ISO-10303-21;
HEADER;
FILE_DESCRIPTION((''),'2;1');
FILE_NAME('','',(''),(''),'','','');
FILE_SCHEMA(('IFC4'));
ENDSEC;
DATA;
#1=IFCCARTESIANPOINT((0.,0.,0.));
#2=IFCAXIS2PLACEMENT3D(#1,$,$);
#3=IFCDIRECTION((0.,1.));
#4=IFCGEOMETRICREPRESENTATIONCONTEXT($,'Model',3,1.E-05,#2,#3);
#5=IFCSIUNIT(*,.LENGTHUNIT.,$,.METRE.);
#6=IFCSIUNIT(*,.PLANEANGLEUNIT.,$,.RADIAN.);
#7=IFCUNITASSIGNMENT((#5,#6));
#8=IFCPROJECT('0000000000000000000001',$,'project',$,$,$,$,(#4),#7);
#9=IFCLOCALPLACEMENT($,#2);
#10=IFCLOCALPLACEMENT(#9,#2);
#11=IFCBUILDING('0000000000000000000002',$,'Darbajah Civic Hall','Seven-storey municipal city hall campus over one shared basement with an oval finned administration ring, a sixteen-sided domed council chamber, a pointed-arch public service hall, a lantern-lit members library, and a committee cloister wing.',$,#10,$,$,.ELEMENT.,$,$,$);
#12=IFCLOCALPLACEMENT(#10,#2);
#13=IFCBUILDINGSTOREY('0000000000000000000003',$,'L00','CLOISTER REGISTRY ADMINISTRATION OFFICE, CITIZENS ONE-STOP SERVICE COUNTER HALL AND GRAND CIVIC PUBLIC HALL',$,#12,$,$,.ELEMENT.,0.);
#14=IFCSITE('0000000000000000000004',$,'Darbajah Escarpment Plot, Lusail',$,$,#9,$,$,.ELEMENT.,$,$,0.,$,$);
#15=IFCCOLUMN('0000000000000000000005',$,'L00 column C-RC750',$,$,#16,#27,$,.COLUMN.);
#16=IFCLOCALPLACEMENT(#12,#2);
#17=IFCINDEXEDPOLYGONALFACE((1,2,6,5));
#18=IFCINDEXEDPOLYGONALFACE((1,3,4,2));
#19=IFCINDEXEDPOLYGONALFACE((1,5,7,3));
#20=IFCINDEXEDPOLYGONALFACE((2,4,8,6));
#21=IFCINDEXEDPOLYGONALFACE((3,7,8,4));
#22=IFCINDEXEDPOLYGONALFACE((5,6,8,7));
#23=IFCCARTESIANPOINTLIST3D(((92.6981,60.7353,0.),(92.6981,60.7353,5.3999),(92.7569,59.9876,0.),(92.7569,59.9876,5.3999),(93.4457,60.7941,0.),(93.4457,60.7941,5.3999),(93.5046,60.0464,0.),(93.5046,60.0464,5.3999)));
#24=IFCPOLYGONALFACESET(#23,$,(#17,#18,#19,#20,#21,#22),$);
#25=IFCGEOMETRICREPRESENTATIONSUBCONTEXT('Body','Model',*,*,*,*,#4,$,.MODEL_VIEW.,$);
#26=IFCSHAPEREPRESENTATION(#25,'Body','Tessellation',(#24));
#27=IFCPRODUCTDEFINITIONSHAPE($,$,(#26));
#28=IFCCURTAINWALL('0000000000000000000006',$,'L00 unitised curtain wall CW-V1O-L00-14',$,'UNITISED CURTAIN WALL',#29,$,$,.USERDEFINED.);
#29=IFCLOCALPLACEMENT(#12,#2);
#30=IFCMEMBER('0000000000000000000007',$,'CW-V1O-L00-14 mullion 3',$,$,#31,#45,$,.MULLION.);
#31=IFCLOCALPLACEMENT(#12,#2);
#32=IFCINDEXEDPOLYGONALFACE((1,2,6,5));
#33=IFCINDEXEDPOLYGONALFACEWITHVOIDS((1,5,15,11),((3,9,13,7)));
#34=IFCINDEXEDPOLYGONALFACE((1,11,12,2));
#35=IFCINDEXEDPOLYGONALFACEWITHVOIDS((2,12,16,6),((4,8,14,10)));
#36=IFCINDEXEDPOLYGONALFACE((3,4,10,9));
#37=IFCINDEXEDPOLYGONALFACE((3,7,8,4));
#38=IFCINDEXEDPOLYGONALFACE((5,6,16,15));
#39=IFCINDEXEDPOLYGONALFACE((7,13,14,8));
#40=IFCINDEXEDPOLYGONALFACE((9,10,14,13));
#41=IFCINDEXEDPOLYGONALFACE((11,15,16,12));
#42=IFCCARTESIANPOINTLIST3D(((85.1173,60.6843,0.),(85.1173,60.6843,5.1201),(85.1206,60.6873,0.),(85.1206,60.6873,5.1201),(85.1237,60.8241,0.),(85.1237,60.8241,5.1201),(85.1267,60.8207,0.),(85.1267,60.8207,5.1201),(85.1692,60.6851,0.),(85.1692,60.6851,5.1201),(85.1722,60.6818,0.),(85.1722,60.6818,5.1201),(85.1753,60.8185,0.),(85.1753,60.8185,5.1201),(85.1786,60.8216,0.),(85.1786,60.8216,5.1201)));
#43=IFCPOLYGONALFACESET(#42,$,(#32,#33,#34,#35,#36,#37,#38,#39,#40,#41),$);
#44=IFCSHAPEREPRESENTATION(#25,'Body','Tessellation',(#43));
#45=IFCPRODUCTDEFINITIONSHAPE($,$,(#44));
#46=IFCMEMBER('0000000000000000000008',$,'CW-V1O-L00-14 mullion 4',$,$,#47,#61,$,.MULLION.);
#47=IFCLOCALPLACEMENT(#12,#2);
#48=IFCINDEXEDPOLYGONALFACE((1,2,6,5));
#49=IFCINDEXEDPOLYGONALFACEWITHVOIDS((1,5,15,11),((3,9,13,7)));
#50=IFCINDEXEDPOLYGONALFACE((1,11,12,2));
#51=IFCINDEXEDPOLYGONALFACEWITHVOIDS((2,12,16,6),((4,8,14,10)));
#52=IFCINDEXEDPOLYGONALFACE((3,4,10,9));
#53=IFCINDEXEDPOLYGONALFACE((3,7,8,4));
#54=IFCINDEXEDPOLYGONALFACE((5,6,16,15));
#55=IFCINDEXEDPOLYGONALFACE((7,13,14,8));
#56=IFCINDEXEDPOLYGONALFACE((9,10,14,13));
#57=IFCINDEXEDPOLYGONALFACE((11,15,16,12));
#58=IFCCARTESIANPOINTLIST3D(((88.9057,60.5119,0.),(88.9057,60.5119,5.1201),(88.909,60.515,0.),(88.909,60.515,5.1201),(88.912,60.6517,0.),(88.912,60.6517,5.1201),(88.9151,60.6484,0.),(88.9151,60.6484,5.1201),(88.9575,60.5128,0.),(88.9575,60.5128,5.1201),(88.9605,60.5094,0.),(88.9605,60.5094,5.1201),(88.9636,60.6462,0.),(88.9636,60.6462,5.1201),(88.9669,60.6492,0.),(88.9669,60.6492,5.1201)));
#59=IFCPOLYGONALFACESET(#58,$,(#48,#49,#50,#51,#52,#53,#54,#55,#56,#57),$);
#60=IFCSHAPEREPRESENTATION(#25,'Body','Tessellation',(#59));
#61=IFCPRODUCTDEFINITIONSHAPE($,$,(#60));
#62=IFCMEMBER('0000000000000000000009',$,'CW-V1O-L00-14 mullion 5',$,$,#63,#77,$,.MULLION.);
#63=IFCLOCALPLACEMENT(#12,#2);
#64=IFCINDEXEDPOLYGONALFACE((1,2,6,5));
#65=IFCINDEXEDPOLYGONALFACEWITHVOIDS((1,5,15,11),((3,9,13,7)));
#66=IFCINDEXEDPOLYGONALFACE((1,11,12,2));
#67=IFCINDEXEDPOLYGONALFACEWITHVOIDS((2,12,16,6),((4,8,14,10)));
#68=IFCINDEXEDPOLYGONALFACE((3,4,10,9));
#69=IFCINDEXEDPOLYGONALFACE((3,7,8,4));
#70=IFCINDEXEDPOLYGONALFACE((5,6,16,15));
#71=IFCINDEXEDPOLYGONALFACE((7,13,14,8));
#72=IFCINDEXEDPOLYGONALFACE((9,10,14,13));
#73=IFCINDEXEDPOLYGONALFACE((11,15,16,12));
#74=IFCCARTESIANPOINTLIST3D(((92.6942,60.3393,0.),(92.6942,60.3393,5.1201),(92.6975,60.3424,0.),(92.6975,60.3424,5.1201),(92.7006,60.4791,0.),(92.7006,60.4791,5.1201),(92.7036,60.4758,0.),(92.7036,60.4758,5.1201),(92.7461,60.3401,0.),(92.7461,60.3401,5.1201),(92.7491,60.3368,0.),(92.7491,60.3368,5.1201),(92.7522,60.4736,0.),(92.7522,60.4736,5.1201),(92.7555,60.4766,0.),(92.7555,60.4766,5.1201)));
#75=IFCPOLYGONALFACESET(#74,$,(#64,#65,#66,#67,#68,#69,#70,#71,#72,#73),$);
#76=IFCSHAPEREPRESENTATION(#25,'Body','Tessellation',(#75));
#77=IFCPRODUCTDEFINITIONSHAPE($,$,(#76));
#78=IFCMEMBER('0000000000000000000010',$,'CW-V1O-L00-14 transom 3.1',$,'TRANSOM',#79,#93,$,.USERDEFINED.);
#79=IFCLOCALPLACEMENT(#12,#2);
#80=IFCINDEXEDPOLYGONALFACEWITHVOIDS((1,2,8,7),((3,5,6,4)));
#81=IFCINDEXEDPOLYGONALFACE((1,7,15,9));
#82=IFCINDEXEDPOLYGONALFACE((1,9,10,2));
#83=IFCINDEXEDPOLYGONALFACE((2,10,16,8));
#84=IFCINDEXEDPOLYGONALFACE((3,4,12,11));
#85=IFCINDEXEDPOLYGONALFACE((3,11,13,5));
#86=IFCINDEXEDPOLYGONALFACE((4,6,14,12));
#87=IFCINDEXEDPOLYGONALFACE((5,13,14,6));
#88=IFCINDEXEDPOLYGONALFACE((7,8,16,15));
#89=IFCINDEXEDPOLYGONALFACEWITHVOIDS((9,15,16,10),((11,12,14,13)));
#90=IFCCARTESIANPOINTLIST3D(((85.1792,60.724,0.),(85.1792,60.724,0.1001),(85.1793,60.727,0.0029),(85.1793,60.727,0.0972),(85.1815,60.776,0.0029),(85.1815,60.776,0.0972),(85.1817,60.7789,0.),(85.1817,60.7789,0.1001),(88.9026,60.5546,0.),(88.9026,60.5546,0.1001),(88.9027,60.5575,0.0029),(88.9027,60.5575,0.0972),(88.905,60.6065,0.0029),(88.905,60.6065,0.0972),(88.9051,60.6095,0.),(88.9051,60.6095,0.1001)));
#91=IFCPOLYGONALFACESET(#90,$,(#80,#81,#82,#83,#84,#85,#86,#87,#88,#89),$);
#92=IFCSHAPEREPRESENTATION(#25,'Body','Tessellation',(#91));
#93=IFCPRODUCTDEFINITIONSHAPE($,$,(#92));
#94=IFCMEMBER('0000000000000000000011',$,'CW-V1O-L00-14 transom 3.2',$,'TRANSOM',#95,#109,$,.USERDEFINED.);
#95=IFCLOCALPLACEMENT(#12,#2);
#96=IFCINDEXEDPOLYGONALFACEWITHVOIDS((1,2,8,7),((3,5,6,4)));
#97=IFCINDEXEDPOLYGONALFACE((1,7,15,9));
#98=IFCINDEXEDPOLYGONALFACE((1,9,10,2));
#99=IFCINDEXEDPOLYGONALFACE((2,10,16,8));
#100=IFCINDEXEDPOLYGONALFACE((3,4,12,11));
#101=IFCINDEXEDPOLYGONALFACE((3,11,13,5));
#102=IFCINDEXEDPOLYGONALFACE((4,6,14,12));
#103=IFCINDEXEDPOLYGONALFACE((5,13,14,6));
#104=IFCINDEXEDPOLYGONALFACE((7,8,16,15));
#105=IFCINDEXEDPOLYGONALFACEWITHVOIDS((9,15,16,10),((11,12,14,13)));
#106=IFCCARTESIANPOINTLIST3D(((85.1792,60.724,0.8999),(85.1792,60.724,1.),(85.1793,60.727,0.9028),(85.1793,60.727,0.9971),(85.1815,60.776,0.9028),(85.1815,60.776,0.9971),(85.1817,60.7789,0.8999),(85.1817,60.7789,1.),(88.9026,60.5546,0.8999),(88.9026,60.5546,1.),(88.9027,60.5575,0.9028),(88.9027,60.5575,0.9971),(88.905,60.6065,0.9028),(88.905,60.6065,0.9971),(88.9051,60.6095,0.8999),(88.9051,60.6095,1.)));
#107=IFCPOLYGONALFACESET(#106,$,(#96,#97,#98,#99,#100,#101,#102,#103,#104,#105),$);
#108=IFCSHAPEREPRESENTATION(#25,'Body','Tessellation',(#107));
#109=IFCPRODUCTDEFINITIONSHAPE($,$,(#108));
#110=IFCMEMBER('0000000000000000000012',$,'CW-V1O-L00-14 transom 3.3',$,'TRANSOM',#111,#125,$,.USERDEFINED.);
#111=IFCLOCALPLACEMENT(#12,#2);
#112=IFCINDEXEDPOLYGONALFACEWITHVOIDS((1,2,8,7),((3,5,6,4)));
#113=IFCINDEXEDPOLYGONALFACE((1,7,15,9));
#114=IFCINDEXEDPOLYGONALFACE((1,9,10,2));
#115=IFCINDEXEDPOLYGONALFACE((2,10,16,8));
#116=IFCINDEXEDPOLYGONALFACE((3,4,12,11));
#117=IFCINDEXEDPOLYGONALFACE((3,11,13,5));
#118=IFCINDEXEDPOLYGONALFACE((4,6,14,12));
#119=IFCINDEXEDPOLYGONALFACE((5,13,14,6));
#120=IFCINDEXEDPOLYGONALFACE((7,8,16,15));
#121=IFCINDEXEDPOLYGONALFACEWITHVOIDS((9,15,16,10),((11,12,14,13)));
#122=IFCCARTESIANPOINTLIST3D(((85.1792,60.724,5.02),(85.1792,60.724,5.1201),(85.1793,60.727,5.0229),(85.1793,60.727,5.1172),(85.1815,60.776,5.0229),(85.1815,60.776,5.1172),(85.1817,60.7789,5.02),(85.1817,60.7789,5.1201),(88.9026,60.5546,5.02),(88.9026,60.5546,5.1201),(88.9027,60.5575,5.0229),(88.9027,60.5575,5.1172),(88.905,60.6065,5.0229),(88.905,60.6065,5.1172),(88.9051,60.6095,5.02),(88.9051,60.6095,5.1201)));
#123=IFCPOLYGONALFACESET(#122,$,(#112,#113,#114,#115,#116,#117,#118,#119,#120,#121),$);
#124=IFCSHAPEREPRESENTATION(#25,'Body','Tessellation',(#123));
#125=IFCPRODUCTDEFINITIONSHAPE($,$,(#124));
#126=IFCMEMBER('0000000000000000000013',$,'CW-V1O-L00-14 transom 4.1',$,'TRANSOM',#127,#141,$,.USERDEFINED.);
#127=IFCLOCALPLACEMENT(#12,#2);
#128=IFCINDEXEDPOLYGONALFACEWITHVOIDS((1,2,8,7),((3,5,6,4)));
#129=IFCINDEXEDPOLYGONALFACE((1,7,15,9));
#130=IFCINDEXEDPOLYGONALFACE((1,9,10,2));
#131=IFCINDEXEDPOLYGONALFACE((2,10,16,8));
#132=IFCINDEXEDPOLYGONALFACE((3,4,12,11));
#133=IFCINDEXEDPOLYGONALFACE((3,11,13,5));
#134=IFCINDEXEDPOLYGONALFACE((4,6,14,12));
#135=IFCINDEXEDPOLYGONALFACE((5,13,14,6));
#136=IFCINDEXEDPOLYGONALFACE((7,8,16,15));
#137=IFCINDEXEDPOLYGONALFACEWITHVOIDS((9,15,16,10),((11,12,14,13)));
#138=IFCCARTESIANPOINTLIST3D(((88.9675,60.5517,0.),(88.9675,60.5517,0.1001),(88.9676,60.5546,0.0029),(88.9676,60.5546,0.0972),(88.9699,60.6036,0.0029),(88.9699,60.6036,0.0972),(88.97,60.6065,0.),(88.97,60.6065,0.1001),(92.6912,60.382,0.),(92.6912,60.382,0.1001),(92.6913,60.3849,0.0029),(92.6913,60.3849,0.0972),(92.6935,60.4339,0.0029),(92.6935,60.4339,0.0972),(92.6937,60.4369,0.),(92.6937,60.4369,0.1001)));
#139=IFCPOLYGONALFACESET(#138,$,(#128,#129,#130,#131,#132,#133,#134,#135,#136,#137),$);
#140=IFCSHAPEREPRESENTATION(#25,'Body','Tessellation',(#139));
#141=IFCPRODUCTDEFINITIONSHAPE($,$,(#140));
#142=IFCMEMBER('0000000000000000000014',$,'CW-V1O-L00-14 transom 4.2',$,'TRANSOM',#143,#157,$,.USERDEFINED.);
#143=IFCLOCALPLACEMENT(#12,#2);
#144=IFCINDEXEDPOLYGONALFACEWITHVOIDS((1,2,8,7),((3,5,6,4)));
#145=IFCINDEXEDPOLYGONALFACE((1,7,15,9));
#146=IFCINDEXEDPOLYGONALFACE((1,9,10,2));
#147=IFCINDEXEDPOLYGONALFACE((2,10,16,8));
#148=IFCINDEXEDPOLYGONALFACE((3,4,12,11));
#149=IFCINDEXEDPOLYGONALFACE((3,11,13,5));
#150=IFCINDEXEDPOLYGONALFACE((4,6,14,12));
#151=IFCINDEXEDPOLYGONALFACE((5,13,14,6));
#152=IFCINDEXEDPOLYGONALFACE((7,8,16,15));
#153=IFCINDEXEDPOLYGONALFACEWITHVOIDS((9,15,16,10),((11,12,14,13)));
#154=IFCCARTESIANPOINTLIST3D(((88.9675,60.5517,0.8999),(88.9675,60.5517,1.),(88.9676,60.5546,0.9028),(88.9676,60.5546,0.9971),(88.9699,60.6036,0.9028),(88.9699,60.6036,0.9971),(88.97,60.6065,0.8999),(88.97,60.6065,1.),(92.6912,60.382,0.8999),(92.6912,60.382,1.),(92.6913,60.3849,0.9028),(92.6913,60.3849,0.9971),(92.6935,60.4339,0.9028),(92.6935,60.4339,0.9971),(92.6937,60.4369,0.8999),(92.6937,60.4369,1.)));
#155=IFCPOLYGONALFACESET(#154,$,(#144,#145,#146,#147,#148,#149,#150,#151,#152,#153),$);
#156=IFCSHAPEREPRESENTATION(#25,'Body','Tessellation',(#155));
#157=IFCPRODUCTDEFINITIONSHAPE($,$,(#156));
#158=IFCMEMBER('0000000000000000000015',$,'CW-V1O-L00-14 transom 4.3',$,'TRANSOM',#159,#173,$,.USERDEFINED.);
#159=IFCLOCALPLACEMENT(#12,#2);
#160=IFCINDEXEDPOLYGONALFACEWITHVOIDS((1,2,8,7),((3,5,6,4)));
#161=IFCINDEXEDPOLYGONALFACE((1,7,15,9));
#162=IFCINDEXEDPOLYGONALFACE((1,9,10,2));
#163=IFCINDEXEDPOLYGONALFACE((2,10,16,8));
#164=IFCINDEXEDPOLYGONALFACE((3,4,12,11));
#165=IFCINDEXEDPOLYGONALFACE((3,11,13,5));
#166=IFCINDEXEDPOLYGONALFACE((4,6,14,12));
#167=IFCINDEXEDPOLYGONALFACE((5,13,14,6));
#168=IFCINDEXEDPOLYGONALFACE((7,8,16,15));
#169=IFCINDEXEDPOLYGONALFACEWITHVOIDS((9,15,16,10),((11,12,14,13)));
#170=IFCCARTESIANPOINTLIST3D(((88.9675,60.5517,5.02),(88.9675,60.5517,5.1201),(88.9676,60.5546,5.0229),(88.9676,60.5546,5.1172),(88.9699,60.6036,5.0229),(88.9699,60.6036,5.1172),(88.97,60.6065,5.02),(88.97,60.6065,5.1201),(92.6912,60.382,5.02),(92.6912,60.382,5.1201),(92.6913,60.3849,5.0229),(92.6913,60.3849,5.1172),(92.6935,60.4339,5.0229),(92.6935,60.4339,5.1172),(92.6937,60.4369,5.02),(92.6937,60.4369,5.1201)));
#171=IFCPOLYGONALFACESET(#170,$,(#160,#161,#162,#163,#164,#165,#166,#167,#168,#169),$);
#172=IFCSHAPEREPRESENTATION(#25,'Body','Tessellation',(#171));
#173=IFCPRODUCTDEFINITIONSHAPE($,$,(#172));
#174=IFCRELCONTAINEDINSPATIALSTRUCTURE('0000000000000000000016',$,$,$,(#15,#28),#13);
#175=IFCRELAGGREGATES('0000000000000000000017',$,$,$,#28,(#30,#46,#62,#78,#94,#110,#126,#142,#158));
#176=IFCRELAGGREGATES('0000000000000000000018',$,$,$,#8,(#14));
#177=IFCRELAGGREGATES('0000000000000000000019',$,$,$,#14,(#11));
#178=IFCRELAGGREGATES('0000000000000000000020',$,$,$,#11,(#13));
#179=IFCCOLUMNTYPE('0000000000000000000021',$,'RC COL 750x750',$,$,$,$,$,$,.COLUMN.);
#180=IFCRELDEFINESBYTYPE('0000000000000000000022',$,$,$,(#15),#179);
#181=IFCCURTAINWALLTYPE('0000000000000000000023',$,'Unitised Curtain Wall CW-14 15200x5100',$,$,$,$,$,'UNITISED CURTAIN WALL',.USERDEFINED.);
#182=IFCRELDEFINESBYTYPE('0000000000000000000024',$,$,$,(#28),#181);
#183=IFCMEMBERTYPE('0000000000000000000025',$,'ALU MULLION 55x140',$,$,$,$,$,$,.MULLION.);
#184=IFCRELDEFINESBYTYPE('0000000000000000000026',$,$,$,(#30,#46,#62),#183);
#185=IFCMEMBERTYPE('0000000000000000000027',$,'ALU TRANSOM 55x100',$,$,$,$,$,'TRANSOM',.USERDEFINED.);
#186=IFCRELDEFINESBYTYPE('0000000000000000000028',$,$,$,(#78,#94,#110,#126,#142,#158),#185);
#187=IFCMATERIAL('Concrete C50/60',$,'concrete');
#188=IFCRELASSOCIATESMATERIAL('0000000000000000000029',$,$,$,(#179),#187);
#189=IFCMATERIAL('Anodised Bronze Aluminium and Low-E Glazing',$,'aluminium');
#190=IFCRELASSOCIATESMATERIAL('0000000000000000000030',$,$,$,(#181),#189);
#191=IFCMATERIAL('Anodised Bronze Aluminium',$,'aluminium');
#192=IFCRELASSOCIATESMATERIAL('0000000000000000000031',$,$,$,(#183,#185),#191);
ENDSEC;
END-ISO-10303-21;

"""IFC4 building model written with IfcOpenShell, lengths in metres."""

from ifc_helpers import new_model, si_unit, direction, frame, origin, origin_2d, place, context, subcontext, project, spatial, rectangle, hollow_rectangle, extrude, material, material_profile, profile_set, type_object, element, aggregate, save


model = new_model("IFC4")

# Units and contexts
model_context = context("Model", 3, precision=1e-05, world=origin(), true_north=direction((0.0, 1.0)))
body_context = subcontext(model_context, "Body", "Model", "MODEL_VIEW")
ifc_project = project(units=[si_unit("LENGTHUNIT", "METRE"), si_unit("PLANEANGLEUNIT", "RADIAN")], contexts=[model_context])

# Site, building, storey
site_placement = place(None, origin())
site = spatial("IfcSite", under=ifc_project, at=site_placement, Name="Darbajah Escarpment Plot, Lusail", CompositionType="ELEMENT", RefElevation=0.0)
building_placement = place(site_placement, origin())
building = spatial("IfcBuilding", under=site, at=building_placement, Name="Darbajah Civic Hall", Description="Seven-storey municipal city hall campus over one shared basement with an oval finned administration ring, a sixteen-sided domed council chamber, a pointed-arch public service hall, a lantern-lit members library, and a committee cloister wing.", CompositionType="ELEMENT")
storey_placement = place(building_placement, origin())
storey = spatial("IfcBuildingStorey", under=building, at=storey_placement, Name="L00", Description="CLOISTER REGISTRY ADMINISTRATION OFFICE, CITIZENS ONE-STOP SERVICE COUNTER HALL AND GRAND CIVIC PUBLIC HALL", CompositionType="ELEMENT", Elevation=0.0)

# Column
ifc_material_1 = material(Name="Concrete C50/60", Category="concrete")
ifc_material_profile_1 = material_profile(ifc_material_1, rectangle(XDim=0.75, YDim=0.75, at=origin_2d()), Name="RC COL 750x750")
ifc_profile_set_1 = profile_set([ifc_material_profile_1], Name="Concrete C50/60")
column_type = type_object("IfcColumnType", Name="RC COL 750x750", PredefinedType="COLUMN", material=ifc_profile_set_1)
column_placement = place(storey_placement, frame((93.1013, 60.3909, 0.0), z_axis=(0.0, 0.0, 1.0), x_axis=(0.078459, -0.996917, 0.0)))
element("IfcColumn", 1, at=column_placement, inside=storey, type_object=column_type, Name="L00 column C-RC750", PredefinedType="COLUMN", context=body_context, shape_type="SweptSolid", body=[
    extrude(rectangle(XDim=0.75, YDim=0.75, at=origin_2d()), origin(), (0.0, 0.0, 1.0), 5.3999),
])

# Curtain wall, members
ifc_material_2 = material(Name="Anodised Bronze Aluminium and Low-E Glazing", Category="aluminium")
curtain_wall_type = type_object("IfcCurtainWallType", Name="Unitised Curtain Wall CW-14 15200x5100", ElementType="UNITISED CURTAIN WALL", PredefinedType="USERDEFINED", material=ifc_material_2)
curtain_wall_placement = place(storey_placement, origin())
curtain_wall = element("IfcCurtainWall", 2, at=curtain_wall_placement, inside=storey, type_object=curtain_wall_type, Name="L00 unitised curtain wall CW-V1O-L00-14", ObjectType="UNITISED CURTAIN WALL", PredefinedType="USERDEFINED")
ifc_material_3 = material(Name="Anodised Bronze Aluminium", Category="aluminium")
ifc_material_profile_2 = material_profile(ifc_material_3, hollow_rectangle(XDim=0.0549, YDim=0.1399, WallThickness=0.0032, at=origin_2d()), Name="ALU MULLION 55x140")
ifc_profile_set_2 = profile_set([ifc_material_profile_2], Name="Anodised Bronze Aluminium")
member_type_1 = type_object("IfcMemberType", Name="ALU MULLION 55x140", PredefinedType="MULLION", material=ifc_profile_set_2)
member_1_placement = place(storey_placement, frame((85.1479, 60.7529, 0.0), z_axis=(0.0, 0.0, 1.0), x_axis=(0.998963, -0.045537, 0.0)))
member_1 = element("IfcMember", 3, at=member_1_placement, type_object=member_type_1, Name="CW-V1O-L00-14 mullion 3", PredefinedType="MULLION", context=body_context, shape_type="SweptSolid", body=[
    extrude(hollow_rectangle(XDim=0.0549, YDim=0.1399, WallThickness=0.0032, at=origin_2d()), origin(), (0.0, 0.0, 1.0), 5.1201),
])
member_2_placement = place(storey_placement, frame((88.9363, 60.5806, 0.0), z_axis=(0.0, 0.0, 1.0), x_axis=(0.998963, -0.045537, 0.0)))
member_2 = element("IfcMember", 4, at=member_2_placement, type_object=member_type_1, Name="CW-V1O-L00-14 mullion 4", PredefinedType="MULLION", context=body_context, shape_type="SweptSolid", body=[
    extrude(hollow_rectangle(XDim=0.0549, YDim=0.1399, WallThickness=0.0032, at=origin_2d()), origin(), (0.0, 0.0, 1.0), 5.1201),
])
member_3_placement = place(storey_placement, frame((92.7249, 60.408, 0.0), z_axis=(0.0, 0.0, 1.0), x_axis=(0.998963, -0.045537, 0.0)))
member_3 = element("IfcMember", 5, at=member_3_placement, type_object=member_type_1, Name="CW-V1O-L00-14 mullion 5", PredefinedType="MULLION", context=body_context, shape_type="SweptSolid", body=[
    extrude(hollow_rectangle(XDim=0.0549, YDim=0.1399, WallThickness=0.0032, at=origin_2d()), origin(), (0.0, 0.0, 1.0), 5.1201),
])
ifc_material_profile_3 = material_profile(ifc_material_3, hollow_rectangle(XDim=0.0549, YDim=0.1001, WallThickness=0.0029, at=origin_2d()), Name="ALU TRANSOM 55x100")
ifc_profile_set_3 = profile_set([ifc_material_profile_3], Name="Anodised Bronze Aluminium")
member_type_2 = type_object("IfcMemberType", Name="ALU TRANSOM 55x100", ElementType="TRANSOM", PredefinedType="USERDEFINED", material=ifc_profile_set_3)
member_4_placement = place(storey_placement, frame((85.1804, 60.7515, 0.05), z_axis=(0.998966, -0.045458, 0.0), x_axis=(0.045458, 0.998966, 0.0)))
member_4 = element("IfcMember", 6, at=member_4_placement, type_object=member_type_2, Name="CW-V1O-L00-14 transom 3.1", ObjectType="TRANSOM", PredefinedType="USERDEFINED", context=body_context, shape_type="SweptSolid", body=[
    extrude(hollow_rectangle(XDim=0.0549, YDim=0.1001, WallThickness=0.0029, at=origin_2d()), origin(), (0.0, 0.0, 1.0), 3.7273),
])
member_5_placement = place(storey_placement, frame((85.1804, 60.7515, 0.95), z_axis=(0.998966, -0.045458, 0.0), x_axis=(0.045458, 0.998966, 0.0)))
member_5 = element("IfcMember", 7, at=member_5_placement, type_object=member_type_2, Name="CW-V1O-L00-14 transom 3.2", ObjectType="TRANSOM", PredefinedType="USERDEFINED", context=body_context, shape_type="SweptSolid", body=[
    extrude(hollow_rectangle(XDim=0.0549, YDim=0.1001, WallThickness=0.0029, at=origin_2d()), origin(), (0.0, 0.0, 1.0), 3.7273),
])
member_6_placement = place(storey_placement, frame((85.1804, 60.7515, 5.0701), z_axis=(0.998966, -0.045458, 0.0), x_axis=(0.045458, 0.998966, 0.0)))
member_6 = element("IfcMember", 8, at=member_6_placement, type_object=member_type_2, Name="CW-V1O-L00-14 transom 3.3", ObjectType="TRANSOM", PredefinedType="USERDEFINED", context=body_context, shape_type="SweptSolid", body=[
    extrude(hollow_rectangle(XDim=0.0549, YDim=0.1001, WallThickness=0.0029, at=origin_2d()), origin(), (0.0, 0.0, 1.0), 3.7273),
])
member_7_placement = place(storey_placement, frame((88.9688, 60.5791, 0.05), z_axis=(0.998963, -0.045521, 0.0), x_axis=(0.045521, 0.998963, 0.0)))
member_7 = element("IfcMember", 9, at=member_7_placement, type_object=member_type_2, Name="CW-V1O-L00-14 transom 4.1", ObjectType="TRANSOM", PredefinedType="USERDEFINED", context=body_context, shape_type="SweptSolid", body=[
    extrude(hollow_rectangle(XDim=0.0549, YDim=0.1001, WallThickness=0.0029, at=origin_2d()), origin(), (0.0, 0.0, 1.0), 3.7275),
])
member_8_placement = place(storey_placement, frame((88.9688, 60.5791, 0.95), z_axis=(0.998963, -0.045521, 0.0), x_axis=(0.045521, 0.998963, 0.0)))
member_8 = element("IfcMember", 10, at=member_8_placement, type_object=member_type_2, Name="CW-V1O-L00-14 transom 4.2", ObjectType="TRANSOM", PredefinedType="USERDEFINED", context=body_context, shape_type="SweptSolid", body=[
    extrude(hollow_rectangle(XDim=0.0549, YDim=0.1001, WallThickness=0.0029, at=origin_2d()), origin(), (0.0, 0.0, 1.0), 3.7275),
])
member_9_placement = place(storey_placement, frame((88.9688, 60.5791, 5.0701), z_axis=(0.998963, -0.045521, 0.0), x_axis=(0.045521, 0.998963, 0.0)))
member_9 = element("IfcMember", 11, at=member_9_placement, type_object=member_type_2, Name="CW-V1O-L00-14 transom 4.3", ObjectType="TRANSOM", PredefinedType="USERDEFINED", context=body_context, shape_type="SweptSolid", body=[
    extrude(hollow_rectangle(XDim=0.0549, YDim=0.1001, WallThickness=0.0029, at=origin_2d()), origin(), (0.0, 0.0, 1.0), 3.7275),
])

aggregate(curtain_wall, [member_1, member_2, member_3, member_4, member_5, member_6, member_7, member_8, member_9])

save(model, "model.ifc")
